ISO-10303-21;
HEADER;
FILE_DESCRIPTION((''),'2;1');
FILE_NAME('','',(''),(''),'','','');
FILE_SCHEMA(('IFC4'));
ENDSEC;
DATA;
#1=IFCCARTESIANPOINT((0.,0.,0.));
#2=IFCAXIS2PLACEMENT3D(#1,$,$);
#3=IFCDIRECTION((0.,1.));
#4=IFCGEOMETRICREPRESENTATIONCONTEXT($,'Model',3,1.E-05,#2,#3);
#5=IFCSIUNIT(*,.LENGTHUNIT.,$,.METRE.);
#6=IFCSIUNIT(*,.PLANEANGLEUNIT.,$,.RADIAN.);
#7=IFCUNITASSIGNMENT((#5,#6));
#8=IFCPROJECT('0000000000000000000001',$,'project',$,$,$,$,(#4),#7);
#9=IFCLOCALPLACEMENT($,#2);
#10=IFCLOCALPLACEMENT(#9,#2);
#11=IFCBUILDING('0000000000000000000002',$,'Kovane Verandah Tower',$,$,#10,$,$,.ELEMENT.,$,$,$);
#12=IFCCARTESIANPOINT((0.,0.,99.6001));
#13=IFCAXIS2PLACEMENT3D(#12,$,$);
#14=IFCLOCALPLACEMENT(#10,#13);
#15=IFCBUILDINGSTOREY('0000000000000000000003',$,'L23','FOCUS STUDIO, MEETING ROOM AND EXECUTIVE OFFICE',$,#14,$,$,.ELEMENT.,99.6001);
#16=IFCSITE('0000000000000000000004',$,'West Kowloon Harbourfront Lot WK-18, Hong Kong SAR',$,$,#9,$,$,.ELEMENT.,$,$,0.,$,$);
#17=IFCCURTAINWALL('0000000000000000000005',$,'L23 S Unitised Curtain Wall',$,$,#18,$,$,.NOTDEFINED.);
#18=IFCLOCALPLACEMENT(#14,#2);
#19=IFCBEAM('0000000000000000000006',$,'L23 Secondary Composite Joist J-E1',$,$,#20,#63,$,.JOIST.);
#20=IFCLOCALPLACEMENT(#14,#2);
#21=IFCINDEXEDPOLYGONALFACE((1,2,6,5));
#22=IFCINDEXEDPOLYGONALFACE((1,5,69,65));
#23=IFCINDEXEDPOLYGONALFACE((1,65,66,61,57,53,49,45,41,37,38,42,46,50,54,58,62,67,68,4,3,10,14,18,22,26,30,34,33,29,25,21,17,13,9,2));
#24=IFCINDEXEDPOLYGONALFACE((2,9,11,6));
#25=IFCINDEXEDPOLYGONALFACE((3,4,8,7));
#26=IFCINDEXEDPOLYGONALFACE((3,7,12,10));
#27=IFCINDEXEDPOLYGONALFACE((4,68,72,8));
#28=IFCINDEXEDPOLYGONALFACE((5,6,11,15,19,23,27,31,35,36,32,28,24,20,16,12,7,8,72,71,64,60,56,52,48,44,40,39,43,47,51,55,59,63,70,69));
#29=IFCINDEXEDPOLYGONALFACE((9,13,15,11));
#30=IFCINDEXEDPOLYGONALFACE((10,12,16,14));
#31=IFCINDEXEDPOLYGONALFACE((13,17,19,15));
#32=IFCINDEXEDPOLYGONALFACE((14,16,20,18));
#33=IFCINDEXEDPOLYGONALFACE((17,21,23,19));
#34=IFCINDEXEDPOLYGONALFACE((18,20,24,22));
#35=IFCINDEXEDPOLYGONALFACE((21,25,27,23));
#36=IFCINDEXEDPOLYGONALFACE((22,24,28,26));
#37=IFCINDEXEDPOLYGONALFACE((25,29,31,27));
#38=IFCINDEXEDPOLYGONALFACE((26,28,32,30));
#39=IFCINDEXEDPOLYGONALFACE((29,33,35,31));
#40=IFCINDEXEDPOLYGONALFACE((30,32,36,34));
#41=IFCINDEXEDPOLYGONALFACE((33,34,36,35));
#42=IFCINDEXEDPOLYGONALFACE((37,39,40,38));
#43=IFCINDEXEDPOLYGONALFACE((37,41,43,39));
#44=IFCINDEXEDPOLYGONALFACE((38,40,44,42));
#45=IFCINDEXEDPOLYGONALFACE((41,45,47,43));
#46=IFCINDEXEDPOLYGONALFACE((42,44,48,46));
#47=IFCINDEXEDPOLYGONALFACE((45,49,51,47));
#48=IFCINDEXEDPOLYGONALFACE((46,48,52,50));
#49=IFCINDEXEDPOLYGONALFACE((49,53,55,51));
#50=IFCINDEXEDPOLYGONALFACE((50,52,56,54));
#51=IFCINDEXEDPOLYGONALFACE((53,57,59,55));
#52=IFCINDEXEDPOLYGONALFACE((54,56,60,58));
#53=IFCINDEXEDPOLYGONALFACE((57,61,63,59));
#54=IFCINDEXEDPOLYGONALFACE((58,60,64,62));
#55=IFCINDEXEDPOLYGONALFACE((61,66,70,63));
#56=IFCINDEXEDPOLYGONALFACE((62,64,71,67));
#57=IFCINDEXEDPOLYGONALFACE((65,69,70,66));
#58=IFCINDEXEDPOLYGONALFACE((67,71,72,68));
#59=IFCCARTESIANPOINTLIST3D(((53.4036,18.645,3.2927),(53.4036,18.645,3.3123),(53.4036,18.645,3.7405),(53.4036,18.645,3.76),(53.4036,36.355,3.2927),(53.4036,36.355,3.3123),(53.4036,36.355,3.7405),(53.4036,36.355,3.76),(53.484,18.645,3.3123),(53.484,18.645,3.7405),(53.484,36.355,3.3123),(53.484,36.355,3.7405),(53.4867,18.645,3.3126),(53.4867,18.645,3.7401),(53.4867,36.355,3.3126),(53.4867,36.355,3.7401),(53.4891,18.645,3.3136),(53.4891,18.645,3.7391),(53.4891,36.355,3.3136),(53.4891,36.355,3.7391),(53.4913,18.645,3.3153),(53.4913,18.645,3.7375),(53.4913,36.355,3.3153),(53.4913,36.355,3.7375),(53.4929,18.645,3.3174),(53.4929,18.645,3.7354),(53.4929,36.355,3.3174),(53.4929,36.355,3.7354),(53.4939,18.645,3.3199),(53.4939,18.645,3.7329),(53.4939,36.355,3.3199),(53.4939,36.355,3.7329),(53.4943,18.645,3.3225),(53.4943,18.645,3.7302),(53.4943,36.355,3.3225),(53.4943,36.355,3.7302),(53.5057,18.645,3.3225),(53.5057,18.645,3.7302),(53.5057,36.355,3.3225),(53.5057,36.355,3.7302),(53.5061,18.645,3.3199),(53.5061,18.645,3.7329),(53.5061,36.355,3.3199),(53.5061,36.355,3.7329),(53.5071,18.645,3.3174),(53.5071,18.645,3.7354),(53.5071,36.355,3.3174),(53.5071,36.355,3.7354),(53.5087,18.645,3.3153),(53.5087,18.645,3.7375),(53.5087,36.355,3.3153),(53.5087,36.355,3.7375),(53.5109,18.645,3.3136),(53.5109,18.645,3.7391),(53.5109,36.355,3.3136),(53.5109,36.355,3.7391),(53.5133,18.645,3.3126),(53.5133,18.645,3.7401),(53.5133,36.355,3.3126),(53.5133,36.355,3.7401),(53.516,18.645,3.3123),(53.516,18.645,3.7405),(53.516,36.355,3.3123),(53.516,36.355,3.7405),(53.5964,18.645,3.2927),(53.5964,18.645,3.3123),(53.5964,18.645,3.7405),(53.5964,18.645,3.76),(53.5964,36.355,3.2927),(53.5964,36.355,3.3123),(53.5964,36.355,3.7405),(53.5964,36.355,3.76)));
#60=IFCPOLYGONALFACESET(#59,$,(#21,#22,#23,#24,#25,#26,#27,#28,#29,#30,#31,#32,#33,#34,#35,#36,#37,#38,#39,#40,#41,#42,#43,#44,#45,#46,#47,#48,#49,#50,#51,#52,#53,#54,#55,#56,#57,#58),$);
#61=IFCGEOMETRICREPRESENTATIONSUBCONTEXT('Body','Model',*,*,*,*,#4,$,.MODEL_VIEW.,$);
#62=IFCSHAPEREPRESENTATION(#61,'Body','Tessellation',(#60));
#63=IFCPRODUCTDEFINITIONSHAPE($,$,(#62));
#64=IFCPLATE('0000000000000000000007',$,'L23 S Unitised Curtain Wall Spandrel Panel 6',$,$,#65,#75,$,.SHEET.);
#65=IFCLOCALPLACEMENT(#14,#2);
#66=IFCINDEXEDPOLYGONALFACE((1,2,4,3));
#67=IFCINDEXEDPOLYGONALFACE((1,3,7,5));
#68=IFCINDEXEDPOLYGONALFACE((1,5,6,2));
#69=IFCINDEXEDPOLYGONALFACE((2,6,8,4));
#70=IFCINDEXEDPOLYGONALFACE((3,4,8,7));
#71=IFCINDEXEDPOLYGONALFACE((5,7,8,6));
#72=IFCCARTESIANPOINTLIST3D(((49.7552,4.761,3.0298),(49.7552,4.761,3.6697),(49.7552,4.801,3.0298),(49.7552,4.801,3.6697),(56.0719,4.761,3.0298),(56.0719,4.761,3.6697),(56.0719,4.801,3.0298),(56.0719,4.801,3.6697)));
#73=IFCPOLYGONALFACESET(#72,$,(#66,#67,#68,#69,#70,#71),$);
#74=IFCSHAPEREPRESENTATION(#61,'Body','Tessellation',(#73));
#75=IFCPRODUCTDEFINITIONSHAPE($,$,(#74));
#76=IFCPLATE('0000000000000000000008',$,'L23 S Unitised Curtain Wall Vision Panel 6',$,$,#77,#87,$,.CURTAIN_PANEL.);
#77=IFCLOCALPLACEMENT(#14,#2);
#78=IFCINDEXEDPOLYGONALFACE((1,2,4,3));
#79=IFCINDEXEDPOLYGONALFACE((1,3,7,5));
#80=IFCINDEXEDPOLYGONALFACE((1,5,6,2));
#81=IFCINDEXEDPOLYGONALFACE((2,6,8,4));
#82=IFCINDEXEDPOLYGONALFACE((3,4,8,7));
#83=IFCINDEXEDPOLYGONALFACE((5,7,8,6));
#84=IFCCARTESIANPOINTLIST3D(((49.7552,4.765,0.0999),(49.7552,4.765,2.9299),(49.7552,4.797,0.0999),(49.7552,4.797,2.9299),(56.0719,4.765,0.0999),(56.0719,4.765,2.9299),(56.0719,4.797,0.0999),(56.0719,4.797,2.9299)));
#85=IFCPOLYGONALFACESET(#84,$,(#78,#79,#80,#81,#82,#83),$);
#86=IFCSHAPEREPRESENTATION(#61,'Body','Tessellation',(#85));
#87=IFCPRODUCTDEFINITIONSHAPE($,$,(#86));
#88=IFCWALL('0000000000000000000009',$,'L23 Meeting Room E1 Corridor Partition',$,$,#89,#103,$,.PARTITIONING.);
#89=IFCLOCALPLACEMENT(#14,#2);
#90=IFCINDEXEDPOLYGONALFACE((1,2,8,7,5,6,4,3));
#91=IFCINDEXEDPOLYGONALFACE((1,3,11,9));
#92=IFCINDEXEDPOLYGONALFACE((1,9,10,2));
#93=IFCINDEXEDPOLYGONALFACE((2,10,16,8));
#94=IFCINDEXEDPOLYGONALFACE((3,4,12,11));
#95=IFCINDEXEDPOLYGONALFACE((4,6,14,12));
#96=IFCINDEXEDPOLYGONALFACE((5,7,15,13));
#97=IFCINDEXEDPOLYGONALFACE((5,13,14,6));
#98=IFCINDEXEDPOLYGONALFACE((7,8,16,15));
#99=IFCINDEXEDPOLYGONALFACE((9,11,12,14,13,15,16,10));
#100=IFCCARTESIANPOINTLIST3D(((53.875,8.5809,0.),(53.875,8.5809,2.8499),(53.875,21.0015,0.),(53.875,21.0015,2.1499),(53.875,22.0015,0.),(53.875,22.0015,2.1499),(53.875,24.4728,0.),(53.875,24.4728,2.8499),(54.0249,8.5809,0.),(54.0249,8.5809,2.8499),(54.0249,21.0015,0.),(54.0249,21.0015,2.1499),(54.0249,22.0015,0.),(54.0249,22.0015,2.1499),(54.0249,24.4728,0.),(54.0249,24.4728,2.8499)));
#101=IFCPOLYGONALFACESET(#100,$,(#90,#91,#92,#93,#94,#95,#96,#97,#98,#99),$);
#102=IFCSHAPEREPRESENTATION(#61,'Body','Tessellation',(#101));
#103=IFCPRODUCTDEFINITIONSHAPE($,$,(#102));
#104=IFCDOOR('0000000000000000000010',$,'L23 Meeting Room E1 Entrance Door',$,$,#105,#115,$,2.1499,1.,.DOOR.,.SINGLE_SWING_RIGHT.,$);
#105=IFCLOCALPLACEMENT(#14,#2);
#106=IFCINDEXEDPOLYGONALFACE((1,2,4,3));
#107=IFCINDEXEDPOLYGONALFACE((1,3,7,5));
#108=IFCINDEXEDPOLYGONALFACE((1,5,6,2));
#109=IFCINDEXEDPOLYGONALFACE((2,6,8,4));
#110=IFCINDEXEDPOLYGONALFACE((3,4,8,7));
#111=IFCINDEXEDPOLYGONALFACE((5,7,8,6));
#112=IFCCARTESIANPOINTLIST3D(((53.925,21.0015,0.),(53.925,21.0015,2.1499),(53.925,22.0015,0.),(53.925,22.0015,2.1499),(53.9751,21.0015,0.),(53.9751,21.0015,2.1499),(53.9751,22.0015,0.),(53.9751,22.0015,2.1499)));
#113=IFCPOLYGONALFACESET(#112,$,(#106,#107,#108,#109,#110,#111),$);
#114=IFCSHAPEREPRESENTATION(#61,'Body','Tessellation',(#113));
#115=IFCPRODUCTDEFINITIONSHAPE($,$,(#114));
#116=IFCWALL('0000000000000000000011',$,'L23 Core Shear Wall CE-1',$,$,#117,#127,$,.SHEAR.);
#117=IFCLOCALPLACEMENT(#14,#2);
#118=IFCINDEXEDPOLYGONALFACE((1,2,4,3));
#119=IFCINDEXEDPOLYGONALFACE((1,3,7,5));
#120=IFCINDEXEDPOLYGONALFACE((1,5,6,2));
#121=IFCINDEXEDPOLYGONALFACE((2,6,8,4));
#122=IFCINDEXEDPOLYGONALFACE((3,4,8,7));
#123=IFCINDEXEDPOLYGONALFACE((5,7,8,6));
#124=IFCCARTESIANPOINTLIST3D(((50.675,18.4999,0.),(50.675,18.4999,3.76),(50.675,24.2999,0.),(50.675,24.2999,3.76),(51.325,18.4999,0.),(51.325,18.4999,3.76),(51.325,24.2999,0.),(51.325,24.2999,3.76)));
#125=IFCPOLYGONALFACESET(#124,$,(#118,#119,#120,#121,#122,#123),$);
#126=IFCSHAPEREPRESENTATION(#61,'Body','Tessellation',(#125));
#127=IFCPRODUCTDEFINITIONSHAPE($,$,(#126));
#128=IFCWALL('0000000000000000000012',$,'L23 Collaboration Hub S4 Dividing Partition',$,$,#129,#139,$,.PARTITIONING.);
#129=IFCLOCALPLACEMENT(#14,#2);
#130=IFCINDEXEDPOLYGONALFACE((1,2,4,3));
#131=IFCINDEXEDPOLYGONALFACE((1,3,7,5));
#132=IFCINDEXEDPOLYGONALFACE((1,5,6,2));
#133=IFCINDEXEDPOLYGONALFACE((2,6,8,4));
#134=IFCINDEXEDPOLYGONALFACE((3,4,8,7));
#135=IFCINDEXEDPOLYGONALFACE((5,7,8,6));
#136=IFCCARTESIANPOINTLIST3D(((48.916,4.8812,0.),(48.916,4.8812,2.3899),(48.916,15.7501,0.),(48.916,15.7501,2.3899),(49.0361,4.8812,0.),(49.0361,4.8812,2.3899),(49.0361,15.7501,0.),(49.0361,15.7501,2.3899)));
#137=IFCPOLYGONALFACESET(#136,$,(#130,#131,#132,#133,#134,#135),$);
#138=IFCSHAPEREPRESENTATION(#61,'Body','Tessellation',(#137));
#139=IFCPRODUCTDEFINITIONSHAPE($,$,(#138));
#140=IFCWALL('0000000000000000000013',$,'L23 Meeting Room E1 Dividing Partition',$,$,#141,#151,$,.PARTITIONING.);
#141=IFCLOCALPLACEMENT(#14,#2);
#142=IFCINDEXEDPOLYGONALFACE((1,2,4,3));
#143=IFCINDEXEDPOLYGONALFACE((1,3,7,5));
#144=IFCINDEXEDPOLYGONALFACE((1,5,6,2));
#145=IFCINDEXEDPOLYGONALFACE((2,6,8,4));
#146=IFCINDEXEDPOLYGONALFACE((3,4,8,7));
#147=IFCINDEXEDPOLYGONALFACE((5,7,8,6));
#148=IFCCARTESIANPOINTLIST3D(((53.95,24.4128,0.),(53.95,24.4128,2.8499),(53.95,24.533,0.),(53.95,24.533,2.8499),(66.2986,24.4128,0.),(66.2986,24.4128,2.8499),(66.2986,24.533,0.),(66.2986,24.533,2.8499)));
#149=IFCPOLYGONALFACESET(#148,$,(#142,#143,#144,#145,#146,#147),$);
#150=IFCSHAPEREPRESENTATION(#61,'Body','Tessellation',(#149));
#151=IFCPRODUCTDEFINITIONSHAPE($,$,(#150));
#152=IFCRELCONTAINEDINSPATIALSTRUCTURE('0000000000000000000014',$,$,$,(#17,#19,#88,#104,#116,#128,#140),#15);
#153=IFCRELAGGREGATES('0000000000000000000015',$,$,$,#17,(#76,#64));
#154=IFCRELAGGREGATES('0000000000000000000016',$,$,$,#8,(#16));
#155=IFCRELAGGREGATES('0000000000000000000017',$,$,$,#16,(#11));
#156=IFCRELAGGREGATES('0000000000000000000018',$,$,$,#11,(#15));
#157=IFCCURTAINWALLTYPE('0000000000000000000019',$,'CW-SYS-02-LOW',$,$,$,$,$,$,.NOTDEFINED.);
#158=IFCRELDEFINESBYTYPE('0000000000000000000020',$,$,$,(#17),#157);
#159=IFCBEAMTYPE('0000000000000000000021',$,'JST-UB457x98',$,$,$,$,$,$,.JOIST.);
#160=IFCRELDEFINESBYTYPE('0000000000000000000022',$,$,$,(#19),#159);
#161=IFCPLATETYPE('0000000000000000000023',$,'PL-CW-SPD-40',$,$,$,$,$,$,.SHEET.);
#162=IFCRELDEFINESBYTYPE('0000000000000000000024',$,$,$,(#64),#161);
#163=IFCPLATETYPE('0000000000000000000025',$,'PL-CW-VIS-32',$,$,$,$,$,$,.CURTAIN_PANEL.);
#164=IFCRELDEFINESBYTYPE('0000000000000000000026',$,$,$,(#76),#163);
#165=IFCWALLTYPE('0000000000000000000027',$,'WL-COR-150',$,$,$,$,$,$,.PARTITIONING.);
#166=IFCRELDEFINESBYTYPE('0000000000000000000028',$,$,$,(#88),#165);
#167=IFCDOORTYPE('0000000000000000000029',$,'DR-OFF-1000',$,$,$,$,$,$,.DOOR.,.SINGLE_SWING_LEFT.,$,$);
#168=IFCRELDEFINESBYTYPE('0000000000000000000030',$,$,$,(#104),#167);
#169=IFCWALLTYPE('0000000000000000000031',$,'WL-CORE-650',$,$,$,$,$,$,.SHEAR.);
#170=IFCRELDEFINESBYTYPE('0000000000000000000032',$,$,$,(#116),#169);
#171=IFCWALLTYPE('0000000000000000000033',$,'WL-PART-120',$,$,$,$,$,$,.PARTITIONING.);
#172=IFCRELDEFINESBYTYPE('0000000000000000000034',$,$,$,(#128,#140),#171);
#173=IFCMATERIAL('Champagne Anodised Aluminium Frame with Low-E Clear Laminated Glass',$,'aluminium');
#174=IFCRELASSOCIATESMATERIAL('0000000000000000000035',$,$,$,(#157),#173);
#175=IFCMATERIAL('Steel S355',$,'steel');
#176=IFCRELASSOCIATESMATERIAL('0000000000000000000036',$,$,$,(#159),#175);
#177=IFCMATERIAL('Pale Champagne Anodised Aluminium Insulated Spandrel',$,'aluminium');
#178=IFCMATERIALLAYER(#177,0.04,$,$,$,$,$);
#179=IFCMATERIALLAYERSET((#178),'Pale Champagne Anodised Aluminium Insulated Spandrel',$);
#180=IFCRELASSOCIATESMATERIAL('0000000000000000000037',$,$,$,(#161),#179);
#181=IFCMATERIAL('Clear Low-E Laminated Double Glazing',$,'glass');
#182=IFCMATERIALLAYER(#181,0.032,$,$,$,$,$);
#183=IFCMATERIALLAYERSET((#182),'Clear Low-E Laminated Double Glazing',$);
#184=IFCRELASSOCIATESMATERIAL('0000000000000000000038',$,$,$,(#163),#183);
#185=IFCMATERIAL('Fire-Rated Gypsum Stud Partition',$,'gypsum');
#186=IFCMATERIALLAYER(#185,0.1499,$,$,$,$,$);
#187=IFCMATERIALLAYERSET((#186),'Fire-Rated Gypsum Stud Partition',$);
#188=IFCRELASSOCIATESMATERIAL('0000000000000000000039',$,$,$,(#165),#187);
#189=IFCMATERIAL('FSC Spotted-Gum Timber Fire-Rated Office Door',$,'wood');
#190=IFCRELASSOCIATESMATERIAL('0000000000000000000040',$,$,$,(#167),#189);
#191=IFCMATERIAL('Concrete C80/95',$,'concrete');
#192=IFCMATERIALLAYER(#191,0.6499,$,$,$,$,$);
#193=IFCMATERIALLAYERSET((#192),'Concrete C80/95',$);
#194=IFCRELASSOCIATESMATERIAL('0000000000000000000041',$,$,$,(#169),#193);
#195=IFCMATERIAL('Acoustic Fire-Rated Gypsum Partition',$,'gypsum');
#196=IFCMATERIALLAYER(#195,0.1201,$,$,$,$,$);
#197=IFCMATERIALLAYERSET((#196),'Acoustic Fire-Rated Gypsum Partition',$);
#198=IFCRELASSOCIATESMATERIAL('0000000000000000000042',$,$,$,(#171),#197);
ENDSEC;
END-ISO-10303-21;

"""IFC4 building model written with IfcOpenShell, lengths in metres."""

from ifc_helpers import new_model, si_unit, direction, frame, frame_2d, origin, origin_2d, place, context, subcontext, project, spatial, rectangle, i_section, extrude, material, layer, layer_set, material_profile, profile_set, type_object, element, fill, aggregate, save


model = new_model("IFC4")

# Units and contexts
model_context = context("Model", 3, precision=1e-05, world=origin(), true_north=direction((0.0, 1.0)))
body_context = subcontext(model_context, "Body", "Model", "MODEL_VIEW")
ifc_project = project(units=[si_unit("LENGTHUNIT", "METRE"), si_unit("PLANEANGLEUNIT", "RADIAN")], contexts=[model_context])

# Site, building, storey
site_placement = place(None, origin())
site = spatial("IfcSite", under=ifc_project, at=site_placement, Name="West Kowloon Harbourfront Lot WK-18, Hong Kong SAR", CompositionType="ELEMENT", RefElevation=0.0)
building_placement = place(site_placement, origin())
building = spatial("IfcBuilding", under=site, at=building_placement, Name="Kovane Verandah Tower", CompositionType="ELEMENT")
storey_placement = place(building_placement, frame((0.0, 0.0, 99.6001)))
storey = spatial("IfcBuildingStorey", under=building, at=storey_placement, Name="L23", Description="FOCUS STUDIO, MEETING ROOM AND EXECUTIVE OFFICE", CompositionType="ELEMENT", Elevation=99.6001)

# Shared definitions
ifc_material_1 = material(Name="Concrete C80/95", Category="concrete")

# Shared definitions
ifc_material_2 = material(Name="Steel S355", Category="steel")

# Curtain wall
ifc_material_3 = material(Name="Champagne Anodised Aluminium Frame with Low-E Clear Laminated Glass", Category="aluminium")
curtain_wall_type = type_object("IfcCurtainWallType", Name="CW-SYS-02-LOW", PredefinedType="NOTDEFINED", material=ifc_material_3)
curtain_wall_placement = place(storey_placement, origin())
curtain_wall = element("IfcCurtainWall", 1, at=curtain_wall_placement, inside=storey, type_object=curtain_wall_type, Name="L23 S Unitised Curtain Wall", PredefinedType="NOTDEFINED")

# Beam
ifc_material_profile_1 = material_profile(ifc_material_2, i_section(OverallWidth=0.1929, OverallDepth=0.4673, WebThickness=0.0115, FlangeThickness=0.0195, FilletRadius=0.0103, at=origin_2d()), Name="UB457x191x98")
ifc_profile_set_1 = profile_set([ifc_material_profile_1], Name="Steel S355")
beam_type_1 = type_object("IfcBeamType", Name="JST-UB457x98", PredefinedType="JOIST", material=ifc_profile_set_1)
beam_1_placement = place(storey_placement, frame((53.5, 18.645, 3.5264), z_axis=(0.0, 1.0, 0.0), x_axis=(-1.0, 0.0, 0.0)))
element("IfcBeam", 2, at=beam_1_placement, inside=storey, type_object=beam_type_1, Name="L23 Secondary Composite Joist J-E1", PredefinedType="JOIST", context=body_context, shape_type="SweptSolid", body=[
    extrude(i_section(OverallWidth=0.1929, OverallDepth=0.4673, WebThickness=0.0115, FlangeThickness=0.0195, FilletRadius=0.0103, at=origin_2d()), origin(), (0.0, 0.0, 1.0), 17.71),
])

# Plates
ifc_material_4 = material(Name="Pale Champagne Anodised Aluminium Insulated Spandrel", Category="aluminium")
ifc_layer_1 = layer(ifc_material_4, 0.04)
ifc_layer_set_1 = layer_set([ifc_layer_1], Name="Pale Champagne Anodised Aluminium Insulated Spandrel")
plate_type_1 = type_object("IfcPlateType", Name="PL-CW-SPD-40", PredefinedType="SHEET", material=ifc_layer_set_1)
plate_1_placement = place(storey_placement, frame((52.9136, 4.781, 3.0298), z_axis=(0.0, 0.0, 1.0), x_axis=(1.0, 0.0, 0.0)))
plate_1 = element("IfcPlate", 3, at=plate_1_placement, type_object=plate_type_1, Name="L23 S Unitised Curtain Wall Spandrel Panel 6", PredefinedType="SHEET", context=body_context, shape_type="SweptSolid", body=[
    extrude(rectangle(XDim=6.3167, YDim=0.04, at=origin_2d()), origin(), (0.0, 0.0, 1.0), 0.6399),
])
ifc_material_5 = material(Name="Clear Low-E Laminated Double Glazing", Category="glass")
ifc_layer_2 = layer(ifc_material_5, 0.032)
ifc_layer_set_2 = layer_set([ifc_layer_2], Name="Clear Low-E Laminated Double Glazing")
plate_type_2 = type_object("IfcPlateType", Name="PL-CW-VIS-32", PredefinedType="CURTAIN_PANEL", material=ifc_layer_set_2)
plate_2_placement = place(storey_placement, frame((52.9136, 4.781, 0.0999), z_axis=(0.0, 0.0, 1.0), x_axis=(1.0, 0.0, 0.0)))
plate_2 = element("IfcPlate", 4, at=plate_2_placement, type_object=plate_type_2, Name="L23 S Unitised Curtain Wall Vision Panel 6", PredefinedType="CURTAIN_PANEL", context=body_context, shape_type="SweptSolid", body=[
    extrude(rectangle(XDim=6.3167, YDim=0.032, at=origin_2d()), origin(), (0.0, 0.0, 1.0), 2.8301),
])
aggregate(curtain_wall, [plate_2, plate_1])

# Wall, opening, door
ifc_material_6 = material(Name="Fire-Rated Gypsum Stud Partition", Category="gypsum")
ifc_layer_3 = layer(ifc_material_6, 0.1499)
ifc_layer_set_3 = layer_set([ifc_layer_3], Name="Fire-Rated Gypsum Stud Partition")
wall_type_1 = type_object("IfcWallType", Name="WL-COR-150", PredefinedType="PARTITIONING", material=ifc_layer_set_3)
ifc_material_7 = material(Name="FSC Spotted-Gum Timber Fire-Rated Office Door", Category="wood")
door_type_1 = type_object("IfcDoorType", Name="DR-OFF-1000", OperationType="SINGLE_SWING_LEFT", PredefinedType="DOOR", material=ifc_material_7)
wall_1_placement = place(storey_placement, frame((53.95, 8.5811, 0.0), z_axis=(0.0, 0.0, 1.0), x_axis=(0.0, 1.0, 0.0)))
wall_1 = element("IfcWall", 5, at=wall_1_placement, inside=storey, type_object=wall_type_1, Name="L23 Meeting Room E1 Corridor Partition", PredefinedType="PARTITIONING", context=body_context, shape_type="SweptSolid", body=[
    extrude(rectangle(XDim=15.8918, YDim=0.1499, at=frame_2d((7.9458, 0.0))), origin(), (0.0, 0.0, 1.0), 2.8499),
])
opening_1_placement = place(wall_1_placement, frame((12.4204, 0.0, 0.0)))
opening_1 = element("IfcOpeningElement", 6, at=opening_1_placement, cuts=wall_1, PredefinedType="OPENING", context=body_context, shape_type="SweptSolid", body=[
    extrude(rectangle(XDim=1.0, YDim=2.1499, at=frame_2d((0.5, 1.075))), frame((0.0, 0.075, 0.0), z_axis=(0.0, -1.0, 0.0), x_axis=(1.0, 0.0, 0.0)), (0.0, 0.0, 1.0), 0.1499),
])
door_1_placement = place(opening_1_placement, origin())
door_1 = element("IfcDoor", 7, at=door_1_placement, inside=storey, type_object=door_type_1, Name="L23 Meeting Room E1 Entrance Door", OperationType="SINGLE_SWING_RIGHT", OverallHeight=2.1499, OverallWidth=1.0, PredefinedType="DOOR", context=body_context, shape_type="SweptSolid", body=[
    extrude(rectangle(XDim=1.0, YDim=2.1499, at=frame_2d((0.5, 1.075))), frame((0.0, 0.0249, 0.0), z_axis=(0.0, -1.0, 0.0), x_axis=(1.0, 0.0, 0.0)), (0.0, 0.0, 1.0), 0.05),
])
fill(opening_1, door_1)

# Wall
ifc_layer_4 = layer(ifc_material_1, 0.6499)
ifc_layer_set_4 = layer_set([ifc_layer_4], Name="Concrete C80/95")
wall_type_2 = type_object("IfcWallType", Name="WL-CORE-650", PredefinedType="SHEAR", material=ifc_layer_set_4)
wall_2_placement = place(storey_placement, frame((51.0, 18.5, 0.0), z_axis=(0.0, 0.0, 1.0), x_axis=(0.0, 1.0, 0.0)))
element("IfcWall", 8, at=wall_2_placement, inside=storey, type_object=wall_type_2, Name="L23 Core Shear Wall CE-1", PredefinedType="SHEAR", context=body_context, shape_type="SweptSolid", body=[
    extrude(rectangle(XDim=5.8, YDim=0.6499, at=frame_2d((2.8999, 0.0))), origin(), (0.0, 0.0, 1.0), 3.76),
])

# Walls
ifc_material_8 = material(Name="Acoustic Fire-Rated Gypsum Partition", Category="gypsum")
ifc_layer_5 = layer(ifc_material_8, 0.1201)
ifc_layer_set_5 = layer_set([ifc_layer_5], Name="Acoustic Fire-Rated Gypsum Partition")
wall_type_3 = type_object("IfcWallType", Name="WL-PART-120", PredefinedType="PARTITIONING", material=ifc_layer_set_5)
wall_3_placement = place(storey_placement, frame((48.9761, 4.8811, 0.0), z_axis=(0.0, 0.0, 1.0), x_axis=(0.0, 1.0, 0.0)))
element("IfcWall", 9, at=wall_3_placement, inside=storey, type_object=wall_type_3, Name="L23 Collaboration Hub S4 Dividing Partition", PredefinedType="PARTITIONING", context=body_context, shape_type="SweptSolid", body=[
    extrude(rectangle(XDim=10.8689, YDim=0.1201, at=frame_2d((5.4346, 0.0))), origin(), (0.0, 0.0, 1.0), 2.3899),
])
wall_4_placement = place(storey_placement, frame((53.95, 24.4729, 0.0), z_axis=(0.0, 0.0, 1.0), x_axis=(1.0, 0.0, 0.0)))
element("IfcWall", 10, at=wall_4_placement, inside=storey, type_object=wall_type_3, Name="L23 Meeting Room E1 Dividing Partition", PredefinedType="PARTITIONING", context=body_context, shape_type="SweptSolid", body=[
    extrude(rectangle(XDim=12.3486, YDim=0.1201, at=frame_2d((6.1743, 0.0))), origin(), (0.0, 0.0, 1.0), 2.8499),
])

save(model, "model.ifc")
